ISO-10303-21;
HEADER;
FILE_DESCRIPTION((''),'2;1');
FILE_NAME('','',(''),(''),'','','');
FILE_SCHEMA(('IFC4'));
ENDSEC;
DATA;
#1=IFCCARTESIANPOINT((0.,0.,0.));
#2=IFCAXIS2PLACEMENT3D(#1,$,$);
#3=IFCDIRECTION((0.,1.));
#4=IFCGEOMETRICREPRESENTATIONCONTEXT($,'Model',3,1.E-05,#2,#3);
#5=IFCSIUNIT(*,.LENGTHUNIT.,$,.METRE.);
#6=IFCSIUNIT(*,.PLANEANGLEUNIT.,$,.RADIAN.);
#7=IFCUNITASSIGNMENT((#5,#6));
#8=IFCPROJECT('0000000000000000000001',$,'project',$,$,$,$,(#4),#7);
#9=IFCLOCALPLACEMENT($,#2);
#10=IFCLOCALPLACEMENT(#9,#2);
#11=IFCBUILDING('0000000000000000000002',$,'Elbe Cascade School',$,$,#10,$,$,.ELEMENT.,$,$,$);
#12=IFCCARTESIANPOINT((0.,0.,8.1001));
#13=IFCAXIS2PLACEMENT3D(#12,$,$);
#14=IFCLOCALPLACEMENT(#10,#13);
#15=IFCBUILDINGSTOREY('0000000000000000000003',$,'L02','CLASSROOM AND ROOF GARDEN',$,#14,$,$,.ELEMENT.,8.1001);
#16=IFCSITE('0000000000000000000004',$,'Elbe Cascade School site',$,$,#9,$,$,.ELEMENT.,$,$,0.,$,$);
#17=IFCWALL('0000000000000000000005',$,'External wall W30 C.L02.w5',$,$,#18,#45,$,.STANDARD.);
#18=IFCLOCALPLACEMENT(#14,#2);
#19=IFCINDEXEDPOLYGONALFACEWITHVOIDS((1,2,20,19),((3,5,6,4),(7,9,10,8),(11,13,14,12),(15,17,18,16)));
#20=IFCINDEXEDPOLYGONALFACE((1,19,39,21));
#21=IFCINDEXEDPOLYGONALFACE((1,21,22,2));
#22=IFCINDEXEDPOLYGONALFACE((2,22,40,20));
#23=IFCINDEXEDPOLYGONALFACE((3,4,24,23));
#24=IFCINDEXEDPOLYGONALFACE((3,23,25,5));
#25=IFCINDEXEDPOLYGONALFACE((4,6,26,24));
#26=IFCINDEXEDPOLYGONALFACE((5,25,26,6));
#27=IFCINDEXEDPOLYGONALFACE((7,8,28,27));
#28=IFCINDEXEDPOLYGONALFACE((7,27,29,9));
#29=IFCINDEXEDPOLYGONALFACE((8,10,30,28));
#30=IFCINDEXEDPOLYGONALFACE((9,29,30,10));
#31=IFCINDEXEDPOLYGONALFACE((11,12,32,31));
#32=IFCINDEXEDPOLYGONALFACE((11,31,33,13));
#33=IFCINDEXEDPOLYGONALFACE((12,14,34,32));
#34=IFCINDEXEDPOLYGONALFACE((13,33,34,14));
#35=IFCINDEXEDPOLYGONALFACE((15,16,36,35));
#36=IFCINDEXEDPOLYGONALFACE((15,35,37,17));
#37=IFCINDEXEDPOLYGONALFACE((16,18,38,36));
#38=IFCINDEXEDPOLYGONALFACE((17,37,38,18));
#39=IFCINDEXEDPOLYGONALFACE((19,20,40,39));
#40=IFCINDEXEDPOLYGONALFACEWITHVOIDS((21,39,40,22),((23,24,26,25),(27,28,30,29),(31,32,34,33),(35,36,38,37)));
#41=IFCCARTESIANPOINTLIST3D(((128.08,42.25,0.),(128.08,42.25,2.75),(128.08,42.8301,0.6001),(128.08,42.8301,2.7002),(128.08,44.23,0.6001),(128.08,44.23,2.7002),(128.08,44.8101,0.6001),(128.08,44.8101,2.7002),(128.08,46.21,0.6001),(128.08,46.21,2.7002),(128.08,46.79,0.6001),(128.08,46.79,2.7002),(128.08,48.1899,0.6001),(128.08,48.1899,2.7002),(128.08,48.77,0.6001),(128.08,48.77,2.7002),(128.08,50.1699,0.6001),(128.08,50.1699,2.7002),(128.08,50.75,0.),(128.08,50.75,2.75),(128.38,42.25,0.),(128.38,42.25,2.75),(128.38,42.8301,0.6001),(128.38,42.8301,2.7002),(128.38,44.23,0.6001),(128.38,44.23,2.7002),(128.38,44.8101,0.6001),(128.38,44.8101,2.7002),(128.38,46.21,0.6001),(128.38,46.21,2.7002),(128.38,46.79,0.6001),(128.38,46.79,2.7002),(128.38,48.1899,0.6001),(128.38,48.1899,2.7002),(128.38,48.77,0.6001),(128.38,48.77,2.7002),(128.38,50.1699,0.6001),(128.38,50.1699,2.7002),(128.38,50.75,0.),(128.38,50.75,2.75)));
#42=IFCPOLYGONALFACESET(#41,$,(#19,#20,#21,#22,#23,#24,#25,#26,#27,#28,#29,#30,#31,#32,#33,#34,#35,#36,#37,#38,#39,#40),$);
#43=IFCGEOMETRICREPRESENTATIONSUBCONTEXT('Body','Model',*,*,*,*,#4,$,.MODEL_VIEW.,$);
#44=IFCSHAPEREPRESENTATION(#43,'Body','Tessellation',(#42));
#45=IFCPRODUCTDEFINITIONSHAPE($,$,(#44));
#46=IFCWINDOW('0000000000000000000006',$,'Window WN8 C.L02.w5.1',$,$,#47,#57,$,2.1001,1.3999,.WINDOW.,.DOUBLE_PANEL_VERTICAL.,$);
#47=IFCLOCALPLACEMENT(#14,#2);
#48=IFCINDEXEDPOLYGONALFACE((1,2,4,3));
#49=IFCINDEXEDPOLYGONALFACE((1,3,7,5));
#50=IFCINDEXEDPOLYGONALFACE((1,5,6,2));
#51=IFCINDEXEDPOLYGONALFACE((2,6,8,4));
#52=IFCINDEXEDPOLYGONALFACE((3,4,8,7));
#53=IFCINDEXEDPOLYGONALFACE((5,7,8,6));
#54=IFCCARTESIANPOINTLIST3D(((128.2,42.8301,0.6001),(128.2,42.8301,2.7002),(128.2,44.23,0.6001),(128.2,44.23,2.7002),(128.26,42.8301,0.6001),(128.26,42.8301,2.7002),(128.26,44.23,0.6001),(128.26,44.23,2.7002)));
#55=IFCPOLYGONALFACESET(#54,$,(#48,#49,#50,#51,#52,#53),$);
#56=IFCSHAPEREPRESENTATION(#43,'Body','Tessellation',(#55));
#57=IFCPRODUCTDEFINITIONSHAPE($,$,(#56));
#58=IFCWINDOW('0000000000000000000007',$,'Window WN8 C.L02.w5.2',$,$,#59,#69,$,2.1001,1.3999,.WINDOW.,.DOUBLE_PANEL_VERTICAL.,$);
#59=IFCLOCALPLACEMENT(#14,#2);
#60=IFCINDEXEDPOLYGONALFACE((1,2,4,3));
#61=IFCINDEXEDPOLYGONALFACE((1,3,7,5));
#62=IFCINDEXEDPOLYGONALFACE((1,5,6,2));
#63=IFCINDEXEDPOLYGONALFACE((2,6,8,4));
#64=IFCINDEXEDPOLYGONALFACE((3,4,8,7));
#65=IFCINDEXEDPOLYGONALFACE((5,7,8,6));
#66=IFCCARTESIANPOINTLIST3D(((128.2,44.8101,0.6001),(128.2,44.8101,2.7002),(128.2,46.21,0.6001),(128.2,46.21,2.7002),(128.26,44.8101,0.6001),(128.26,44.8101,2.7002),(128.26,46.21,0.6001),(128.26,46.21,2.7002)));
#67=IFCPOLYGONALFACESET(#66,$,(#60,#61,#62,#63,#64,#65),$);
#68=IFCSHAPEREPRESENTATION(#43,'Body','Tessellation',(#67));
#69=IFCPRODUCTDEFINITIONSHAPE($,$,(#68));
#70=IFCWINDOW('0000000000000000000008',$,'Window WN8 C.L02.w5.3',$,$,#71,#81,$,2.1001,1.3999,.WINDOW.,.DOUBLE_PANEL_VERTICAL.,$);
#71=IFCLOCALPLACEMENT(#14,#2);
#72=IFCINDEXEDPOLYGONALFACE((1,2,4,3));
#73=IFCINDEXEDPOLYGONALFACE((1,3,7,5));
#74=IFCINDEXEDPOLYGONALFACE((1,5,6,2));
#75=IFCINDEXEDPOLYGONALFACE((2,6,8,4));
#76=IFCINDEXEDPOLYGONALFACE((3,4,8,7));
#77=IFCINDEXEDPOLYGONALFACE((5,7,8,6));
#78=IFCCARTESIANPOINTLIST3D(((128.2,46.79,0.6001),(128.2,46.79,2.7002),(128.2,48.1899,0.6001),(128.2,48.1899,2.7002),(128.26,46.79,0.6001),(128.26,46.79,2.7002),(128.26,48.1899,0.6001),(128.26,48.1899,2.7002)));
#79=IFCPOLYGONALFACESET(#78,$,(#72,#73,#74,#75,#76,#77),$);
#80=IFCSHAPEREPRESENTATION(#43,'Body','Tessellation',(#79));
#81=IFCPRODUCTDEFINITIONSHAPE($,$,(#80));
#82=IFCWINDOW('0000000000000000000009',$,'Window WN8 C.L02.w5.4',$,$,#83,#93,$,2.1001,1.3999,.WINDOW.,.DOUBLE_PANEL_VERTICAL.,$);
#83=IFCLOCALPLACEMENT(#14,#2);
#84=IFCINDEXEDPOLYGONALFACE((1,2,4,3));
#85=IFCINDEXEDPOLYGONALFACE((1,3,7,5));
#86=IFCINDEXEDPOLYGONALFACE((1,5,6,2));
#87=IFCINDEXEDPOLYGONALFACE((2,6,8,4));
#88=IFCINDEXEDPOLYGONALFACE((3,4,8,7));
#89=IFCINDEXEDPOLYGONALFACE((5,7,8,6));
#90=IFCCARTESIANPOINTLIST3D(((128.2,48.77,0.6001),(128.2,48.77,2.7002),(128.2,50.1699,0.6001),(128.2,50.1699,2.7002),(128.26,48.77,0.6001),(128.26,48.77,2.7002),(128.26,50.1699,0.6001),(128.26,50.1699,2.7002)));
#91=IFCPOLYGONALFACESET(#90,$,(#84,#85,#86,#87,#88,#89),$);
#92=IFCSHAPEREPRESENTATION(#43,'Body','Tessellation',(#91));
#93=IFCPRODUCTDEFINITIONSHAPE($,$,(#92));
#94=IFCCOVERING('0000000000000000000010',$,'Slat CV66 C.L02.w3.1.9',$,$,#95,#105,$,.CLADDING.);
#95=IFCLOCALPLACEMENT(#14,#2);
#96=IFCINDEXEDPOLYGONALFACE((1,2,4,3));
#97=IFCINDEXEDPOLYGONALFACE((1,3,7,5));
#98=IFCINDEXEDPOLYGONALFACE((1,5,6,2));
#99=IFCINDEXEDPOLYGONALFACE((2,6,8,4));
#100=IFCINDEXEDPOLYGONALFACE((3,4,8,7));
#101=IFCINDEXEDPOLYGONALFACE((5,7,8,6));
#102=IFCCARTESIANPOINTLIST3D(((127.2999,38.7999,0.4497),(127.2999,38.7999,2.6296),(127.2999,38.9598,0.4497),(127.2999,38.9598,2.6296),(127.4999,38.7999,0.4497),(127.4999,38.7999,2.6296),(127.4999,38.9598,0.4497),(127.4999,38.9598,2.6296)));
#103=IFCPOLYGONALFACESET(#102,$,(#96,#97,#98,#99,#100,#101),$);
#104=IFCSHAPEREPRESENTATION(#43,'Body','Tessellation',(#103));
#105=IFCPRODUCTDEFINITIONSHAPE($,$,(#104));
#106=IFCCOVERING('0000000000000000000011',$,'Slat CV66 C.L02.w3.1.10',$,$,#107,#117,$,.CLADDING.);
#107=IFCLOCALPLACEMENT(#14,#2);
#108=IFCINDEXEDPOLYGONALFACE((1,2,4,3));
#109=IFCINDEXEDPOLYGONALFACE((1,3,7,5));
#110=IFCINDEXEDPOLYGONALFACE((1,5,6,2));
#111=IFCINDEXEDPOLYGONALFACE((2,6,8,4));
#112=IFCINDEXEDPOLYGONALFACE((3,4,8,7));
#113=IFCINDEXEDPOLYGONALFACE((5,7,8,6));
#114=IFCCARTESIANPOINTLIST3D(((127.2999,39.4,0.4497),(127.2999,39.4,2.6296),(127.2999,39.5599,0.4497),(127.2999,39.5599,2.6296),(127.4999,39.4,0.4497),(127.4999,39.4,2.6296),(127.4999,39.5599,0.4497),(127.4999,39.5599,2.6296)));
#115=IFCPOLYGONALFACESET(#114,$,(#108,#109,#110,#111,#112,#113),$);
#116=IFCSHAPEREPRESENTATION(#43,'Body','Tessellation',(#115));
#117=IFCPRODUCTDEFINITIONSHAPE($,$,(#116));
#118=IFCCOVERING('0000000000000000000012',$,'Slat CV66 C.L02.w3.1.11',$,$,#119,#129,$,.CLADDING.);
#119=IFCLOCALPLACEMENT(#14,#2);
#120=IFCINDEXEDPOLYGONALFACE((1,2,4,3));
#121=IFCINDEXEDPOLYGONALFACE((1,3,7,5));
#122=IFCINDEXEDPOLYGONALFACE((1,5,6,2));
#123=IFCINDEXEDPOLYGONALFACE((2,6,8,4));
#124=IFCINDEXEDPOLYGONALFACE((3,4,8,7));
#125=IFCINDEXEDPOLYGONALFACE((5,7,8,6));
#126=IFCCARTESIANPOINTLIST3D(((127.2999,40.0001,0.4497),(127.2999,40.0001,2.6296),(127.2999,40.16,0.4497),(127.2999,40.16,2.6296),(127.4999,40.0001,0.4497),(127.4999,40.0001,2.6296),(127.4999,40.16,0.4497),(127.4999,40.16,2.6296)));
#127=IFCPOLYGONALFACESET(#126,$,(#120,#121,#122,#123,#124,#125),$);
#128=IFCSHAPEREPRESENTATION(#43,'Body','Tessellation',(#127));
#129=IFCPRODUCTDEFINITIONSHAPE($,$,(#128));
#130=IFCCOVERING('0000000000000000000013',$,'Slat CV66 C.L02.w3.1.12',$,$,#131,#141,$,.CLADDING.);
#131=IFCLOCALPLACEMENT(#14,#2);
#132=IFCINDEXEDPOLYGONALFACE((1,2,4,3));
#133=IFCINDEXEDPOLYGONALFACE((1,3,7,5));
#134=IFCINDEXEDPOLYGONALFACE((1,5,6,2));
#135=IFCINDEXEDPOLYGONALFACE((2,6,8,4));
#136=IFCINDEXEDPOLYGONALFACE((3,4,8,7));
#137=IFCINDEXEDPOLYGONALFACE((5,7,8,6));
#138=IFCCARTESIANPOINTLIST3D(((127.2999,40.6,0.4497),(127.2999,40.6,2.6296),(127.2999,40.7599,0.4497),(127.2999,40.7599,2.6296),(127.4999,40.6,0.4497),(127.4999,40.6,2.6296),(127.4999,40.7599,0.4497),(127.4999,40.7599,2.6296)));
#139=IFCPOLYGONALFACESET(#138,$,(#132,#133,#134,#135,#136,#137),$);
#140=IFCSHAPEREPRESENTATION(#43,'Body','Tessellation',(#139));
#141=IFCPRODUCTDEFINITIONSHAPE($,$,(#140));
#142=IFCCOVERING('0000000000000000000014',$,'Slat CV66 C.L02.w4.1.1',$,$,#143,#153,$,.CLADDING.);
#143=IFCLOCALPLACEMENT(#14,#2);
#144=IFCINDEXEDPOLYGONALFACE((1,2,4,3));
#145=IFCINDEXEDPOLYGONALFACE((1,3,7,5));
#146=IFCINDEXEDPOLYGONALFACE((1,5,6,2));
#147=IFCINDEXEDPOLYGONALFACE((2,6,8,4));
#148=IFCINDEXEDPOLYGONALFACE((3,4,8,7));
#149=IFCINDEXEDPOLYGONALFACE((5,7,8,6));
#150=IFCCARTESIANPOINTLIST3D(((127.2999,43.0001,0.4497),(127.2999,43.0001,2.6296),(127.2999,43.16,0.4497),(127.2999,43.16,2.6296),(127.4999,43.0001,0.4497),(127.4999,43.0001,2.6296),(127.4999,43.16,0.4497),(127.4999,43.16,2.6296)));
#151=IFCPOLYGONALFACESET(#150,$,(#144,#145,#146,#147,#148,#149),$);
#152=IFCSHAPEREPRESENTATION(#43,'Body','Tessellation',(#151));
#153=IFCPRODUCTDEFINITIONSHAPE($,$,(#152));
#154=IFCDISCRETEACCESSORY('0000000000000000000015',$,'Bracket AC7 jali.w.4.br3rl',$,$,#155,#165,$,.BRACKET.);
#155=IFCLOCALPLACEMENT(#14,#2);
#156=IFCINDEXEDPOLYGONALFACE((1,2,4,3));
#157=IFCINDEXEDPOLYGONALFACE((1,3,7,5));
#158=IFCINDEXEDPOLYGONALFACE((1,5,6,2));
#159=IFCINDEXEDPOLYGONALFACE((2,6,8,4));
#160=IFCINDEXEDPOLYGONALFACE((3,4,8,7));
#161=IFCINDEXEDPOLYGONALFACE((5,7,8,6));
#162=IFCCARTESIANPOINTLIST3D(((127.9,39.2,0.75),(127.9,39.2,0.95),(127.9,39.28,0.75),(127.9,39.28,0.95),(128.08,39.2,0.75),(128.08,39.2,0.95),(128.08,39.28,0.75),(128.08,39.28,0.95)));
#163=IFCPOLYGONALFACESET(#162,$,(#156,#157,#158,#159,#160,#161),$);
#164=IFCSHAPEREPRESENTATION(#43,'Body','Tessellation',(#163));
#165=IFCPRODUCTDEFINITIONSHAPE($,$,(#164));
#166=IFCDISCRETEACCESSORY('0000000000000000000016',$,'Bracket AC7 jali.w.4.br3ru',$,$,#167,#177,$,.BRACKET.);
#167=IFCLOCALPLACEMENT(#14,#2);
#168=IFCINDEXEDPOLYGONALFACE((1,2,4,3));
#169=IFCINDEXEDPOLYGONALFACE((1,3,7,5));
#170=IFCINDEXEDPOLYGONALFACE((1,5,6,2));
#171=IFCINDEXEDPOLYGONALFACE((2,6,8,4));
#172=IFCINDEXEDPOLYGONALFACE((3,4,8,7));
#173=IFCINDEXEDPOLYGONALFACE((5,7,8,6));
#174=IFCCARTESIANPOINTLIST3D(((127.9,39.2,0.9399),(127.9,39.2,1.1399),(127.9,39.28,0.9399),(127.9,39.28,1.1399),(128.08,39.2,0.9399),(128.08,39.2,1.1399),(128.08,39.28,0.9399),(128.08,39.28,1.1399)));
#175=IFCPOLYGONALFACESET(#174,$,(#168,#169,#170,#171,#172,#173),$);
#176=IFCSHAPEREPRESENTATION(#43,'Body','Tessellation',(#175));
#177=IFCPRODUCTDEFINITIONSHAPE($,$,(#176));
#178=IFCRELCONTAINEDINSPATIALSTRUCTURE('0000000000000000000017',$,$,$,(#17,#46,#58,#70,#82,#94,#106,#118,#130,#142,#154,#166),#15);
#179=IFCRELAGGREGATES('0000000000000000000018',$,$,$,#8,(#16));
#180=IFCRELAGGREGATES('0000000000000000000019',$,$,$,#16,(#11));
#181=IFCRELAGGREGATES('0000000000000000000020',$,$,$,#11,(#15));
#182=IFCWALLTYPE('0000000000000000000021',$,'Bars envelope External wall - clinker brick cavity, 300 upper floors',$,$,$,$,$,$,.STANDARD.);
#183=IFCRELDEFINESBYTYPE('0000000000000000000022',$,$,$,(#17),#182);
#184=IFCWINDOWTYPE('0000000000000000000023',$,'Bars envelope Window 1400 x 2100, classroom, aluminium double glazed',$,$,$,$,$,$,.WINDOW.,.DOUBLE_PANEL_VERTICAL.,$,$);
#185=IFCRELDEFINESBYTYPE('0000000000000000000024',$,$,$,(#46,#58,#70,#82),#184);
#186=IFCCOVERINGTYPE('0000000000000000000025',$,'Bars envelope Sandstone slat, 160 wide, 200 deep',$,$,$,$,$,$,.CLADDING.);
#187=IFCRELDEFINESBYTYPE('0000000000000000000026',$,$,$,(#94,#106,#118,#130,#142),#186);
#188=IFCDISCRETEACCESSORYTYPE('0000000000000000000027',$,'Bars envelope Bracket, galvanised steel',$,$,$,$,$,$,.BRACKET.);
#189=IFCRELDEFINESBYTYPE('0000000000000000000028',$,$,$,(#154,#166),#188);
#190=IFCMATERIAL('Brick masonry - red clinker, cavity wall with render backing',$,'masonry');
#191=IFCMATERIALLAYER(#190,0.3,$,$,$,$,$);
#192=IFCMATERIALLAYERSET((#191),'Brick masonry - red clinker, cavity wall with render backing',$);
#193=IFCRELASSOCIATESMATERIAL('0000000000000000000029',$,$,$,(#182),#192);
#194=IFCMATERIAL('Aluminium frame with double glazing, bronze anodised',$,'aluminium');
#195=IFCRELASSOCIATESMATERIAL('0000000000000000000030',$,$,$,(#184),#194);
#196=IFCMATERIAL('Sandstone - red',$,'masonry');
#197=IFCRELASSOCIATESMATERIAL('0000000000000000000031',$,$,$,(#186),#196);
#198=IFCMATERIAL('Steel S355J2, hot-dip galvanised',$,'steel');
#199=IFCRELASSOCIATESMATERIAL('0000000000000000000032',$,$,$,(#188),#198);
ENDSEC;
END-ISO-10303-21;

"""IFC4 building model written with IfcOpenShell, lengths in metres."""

from ifc_helpers import new_model, si_unit, direction, frame, frame_2d, origin, origin_2d, place, context, subcontext, project, spatial, rectangle, extrude, material, layer, layer_set, type_object, element, fill, save


model = new_model("IFC4")

# Units and contexts
model_context = context("Model", 3, precision=1e-05, world=origin(), true_north=direction((0.0, 1.0)))
body_context = subcontext(model_context, "Body", "Model", "MODEL_VIEW")
ifc_project = project(units=[si_unit("LENGTHUNIT", "METRE"), si_unit("PLANEANGLEUNIT", "RADIAN")], contexts=[model_context])

# Site, building, storey
site_placement = place(None, origin())
site = spatial("IfcSite", under=ifc_project, at=site_placement, Name="Elbe Cascade School site", CompositionType="ELEMENT", RefElevation=0.0)
building_placement = place(site_placement, origin())
building = spatial("IfcBuilding", under=site, at=building_placement, Name="Elbe Cascade School", CompositionType="ELEMENT")
storey_placement = place(building_placement, frame((0.0, 0.0, 8.1001)))
storey = spatial("IfcBuildingStorey", under=building, at=storey_placement, Name="L02", Description="CLASSROOM AND ROOF GARDEN", CompositionType="ELEMENT", Elevation=8.1001)

# Wall, openings, windows
ifc_material_1 = material(Name="Brick masonry - red clinker, cavity wall with render backing", Category="masonry")
ifc_layer_1 = layer(ifc_material_1, 0.3)
ifc_layer_set_1 = layer_set([ifc_layer_1], Name="Brick masonry - red clinker, cavity wall with render backing")
wall_type_1 = type_object("IfcWallType", Name="Bars envelope External wall - clinker brick cavity, 300 upper floors", PredefinedType="STANDARD", material=ifc_layer_set_1)
wall_1_placement = place(storey_placement, frame((128.23, 42.25, 0.0), z_axis=(0.0, 0.0, 1.0), x_axis=(0.0, 1.0, 0.0)))
wall_1 = element("IfcWall", 1, at=wall_1_placement, inside=storey, type_object=wall_type_1, Name="External wall W30 C.L02.w5", PredefinedType="STANDARD", context=body_context, shape_type="SweptSolid", body=[
    extrude(rectangle(XDim=8.5, YDim=0.3, at=frame_2d((4.25, 0.0))), origin(), (0.0, 0.0, 1.0), 2.75),
])
opening_1_placement = place(wall_1_placement, frame((0.5801, 0.0, 0.6001)))
opening_1 = element("IfcOpeningElement", 2, at=opening_1_placement, cuts=wall_1, PredefinedType="OPENING", context=body_context, shape_type="SweptSolid", body=[
    extrude(rectangle(XDim=1.3999, YDim=2.1001, at=frame_2d((0.7, 1.05))), frame((0.0, 0.1599, 0.0), z_axis=(0.0, -1.0, 0.0), x_axis=(1.0, 0.0, 0.0)), (0.0, 0.0, 1.0), 0.3201),
])
opening_2_placement = place(wall_1_placement, frame((2.5601, 0.0, 0.6001)))
opening_2 = element("IfcOpeningElement", 3, at=opening_2_placement, cuts=wall_1, PredefinedType="OPENING", context=body_context, shape_type="SweptSolid", body=[
    extrude(rectangle(XDim=1.3999, YDim=2.1001, at=frame_2d((0.7, 1.05))), frame((0.0, 0.1599, 0.0), z_axis=(0.0, -1.0, 0.0), x_axis=(1.0, 0.0, 0.0)), (0.0, 0.0, 1.0), 0.3201),
])
opening_3_placement = place(wall_1_placement, frame((4.54, 0.0, 0.6001)))
opening_3 = element("IfcOpeningElement", 4, at=opening_3_placement, cuts=wall_1, PredefinedType="OPENING", context=body_context, shape_type="SweptSolid", body=[
    extrude(rectangle(XDim=1.3999, YDim=2.1001, at=frame_2d((0.7, 1.05))), frame((0.0, 0.1599, 0.0), z_axis=(0.0, -1.0, 0.0), x_axis=(1.0, 0.0, 0.0)), (0.0, 0.0, 1.0), 0.3201),
])
opening_4_placement = place(wall_1_placement, frame((6.52, 0.0, 0.6001)))
opening_4 = element("IfcOpeningElement", 5, at=opening_4_placement, cuts=wall_1, PredefinedType="OPENING", context=body_context, shape_type="SweptSolid", body=[
    extrude(rectangle(XDim=1.3999, YDim=2.1001, at=frame_2d((0.7, 1.05))), frame((0.0, 0.1599, 0.0), z_axis=(0.0, -1.0, 0.0), x_axis=(1.0, 0.0, 0.0)), (0.0, 0.0, 1.0), 0.3201),
])
ifc_material_2 = material(Name="Aluminium frame with double glazing, bronze anodised", Category="aluminium")
window_type = type_object("IfcWindowType", Name="Bars envelope Window 1400 x 2100, classroom, aluminium double glazed", PartitioningType="DOUBLE_PANEL_VERTICAL", PredefinedType="WINDOW", material=ifc_material_2)
window_1_placement = place(opening_1_placement, origin())
window_1 = element("IfcWindow", 6, at=window_1_placement, inside=storey, type_object=window_type, Name="Window WN8 C.L02.w5.1", OverallHeight=2.1001, OverallWidth=1.3999, PartitioningType="DOUBLE_PANEL_VERTICAL", PredefinedType="WINDOW", context=body_context, shape_type="SweptSolid", body=[
    extrude(rectangle(XDim=1.3999, YDim=2.1001, at=frame_2d((0.7, 1.05))), frame((0.0, 0.03, 0.0), z_axis=(0.0, -1.0, 0.0), x_axis=(1.0, 0.0, 0.0)), (0.0, 0.0, 1.0), 0.0601),
])
fill(opening_1, window_1)
window_2_placement = place(opening_2_placement, origin())
window_2 = element("IfcWindow", 7, at=window_2_placement, inside=storey, type_object=window_type, Name="Window WN8 C.L02.w5.2", OverallHeight=2.1001, OverallWidth=1.3999, PartitioningType="DOUBLE_PANEL_VERTICAL", PredefinedType="WINDOW", context=body_context, shape_type="SweptSolid", body=[
    extrude(rectangle(XDim=1.3999, YDim=2.1001, at=frame_2d((0.7, 1.05))), frame((0.0, 0.03, 0.0), z_axis=(0.0, -1.0, 0.0), x_axis=(1.0, 0.0, 0.0)), (0.0, 0.0, 1.0), 0.0601),
])
fill(opening_2, window_2)
window_3_placement = place(opening_3_placement, origin())
window_3 = element("IfcWindow", 8, at=window_3_placement, inside=storey, type_object=window_type, Name="Window WN8 C.L02.w5.3", OverallHeight=2.1001, OverallWidth=1.3999, PartitioningType="DOUBLE_PANEL_VERTICAL", PredefinedType="WINDOW", context=body_context, shape_type="SweptSolid", body=[
    extrude(rectangle(XDim=1.3999, YDim=2.1001, at=frame_2d((0.7, 1.05))), frame((0.0, 0.03, 0.0), z_axis=(0.0, -1.0, 0.0), x_axis=(1.0, 0.0, 0.0)), (0.0, 0.0, 1.0), 0.0601),
])
fill(opening_3, window_3)
window_4_placement = place(opening_4_placement, origin())
window_4 = element("IfcWindow", 9, at=window_4_placement, inside=storey, type_object=window_type, Name="Window WN8 C.L02.w5.4", OverallHeight=2.1001, OverallWidth=1.3999, PartitioningType="DOUBLE_PANEL_VERTICAL", PredefinedType="WINDOW", context=body_context, shape_type="SweptSolid", body=[
    extrude(rectangle(XDim=1.3999, YDim=2.1001, at=frame_2d((0.7, 1.05))), frame((0.0, 0.03, 0.0), z_axis=(0.0, -1.0, 0.0), x_axis=(1.0, 0.0, 0.0)), (0.0, 0.0, 1.0), 0.0601),
])
fill(opening_4, window_4)

# Coverings
ifc_material_3 = material(Name="Sandstone - red", Category="masonry")
covering_type = type_object("IfcCoveringType", Name="Bars envelope Sandstone slat, 160 wide, 200 deep", PredefinedType="CLADDING", material=ifc_material_3)
for number, where, z_axis, x_axis, name in (
    (10, (127.3999, 38.8799, 0.4497), (0.0, 0.0, 1.0), (0.0, 1.0, 0.0), "Slat CV66 C.L02.w3.1.9"),
    (11, (127.3999, 39.48, 0.4497), (0.0, 0.0, 1.0), (0.0, 1.0, 0.0), "Slat CV66 C.L02.w3.1.10"),
    (12, (127.3999, 40.0801, 0.4497), (0.0, 0.0, 1.0), (0.0, 1.0, 0.0), "Slat CV66 C.L02.w3.1.11"),
    (13, (127.3999, 40.6799, 0.4497), (0.0, 0.0, 1.0), (0.0, 1.0, 0.0), "Slat CV66 C.L02.w3.1.12"),
    (14, (127.3999, 43.0801, 0.4497), (0.0, 0.0, 1.0), (0.0, 1.0, 0.0), "Slat CV66 C.L02.w4.1.1"),
):
    element("IfcCovering", number, at=place(storey_placement, frame(where, z_axis=z_axis, x_axis=x_axis)), inside=storey, type_object=covering_type, Name=name, PredefinedType="CLADDING", context=body_context, shape_type="SweptSolid", body=[
        extrude(rectangle(XDim=0.1599, YDim=0.2, at=origin_2d()), origin(), (0.0, 0.0, 1.0), 2.1799),
    ])

# Discrete accessories
ifc_material_4 = material(Name="Steel S355J2, hot-dip galvanised", Category="steel")
discrete_accessory_type = type_object("IfcDiscreteAccessoryType", Name="Bars envelope Bracket, galvanised steel", PredefinedType="BRACKET", material=ifc_material_4)
for number, where, z_axis, x_axis, name in (
    (15, (127.99, 39.24, 0.75), (0.0, 0.0, 1.0), (0.0, 1.0, 0.0), "Bracket AC7 jali.w.4.br3rl"),
    (16, (127.99, 39.24, 0.9399), (0.0, 0.0, 1.0), (0.0, 1.0, 0.0), "Bracket AC7 jali.w.4.br3ru"),
):
    element("IfcDiscreteAccessory", number, at=place(storey_placement, frame(where, z_axis=z_axis, x_axis=x_axis)), inside=storey, type_object=discrete_accessory_type, Name=name, PredefinedType="BRACKET", context=body_context, shape_type="SweptSolid", body=[
        extrude(rectangle(XDim=0.0801, YDim=0.1799, at=origin_2d()), origin(), (0.0, 0.0, 1.0), 0.2),
    ])

save(model, "model.ifc")
